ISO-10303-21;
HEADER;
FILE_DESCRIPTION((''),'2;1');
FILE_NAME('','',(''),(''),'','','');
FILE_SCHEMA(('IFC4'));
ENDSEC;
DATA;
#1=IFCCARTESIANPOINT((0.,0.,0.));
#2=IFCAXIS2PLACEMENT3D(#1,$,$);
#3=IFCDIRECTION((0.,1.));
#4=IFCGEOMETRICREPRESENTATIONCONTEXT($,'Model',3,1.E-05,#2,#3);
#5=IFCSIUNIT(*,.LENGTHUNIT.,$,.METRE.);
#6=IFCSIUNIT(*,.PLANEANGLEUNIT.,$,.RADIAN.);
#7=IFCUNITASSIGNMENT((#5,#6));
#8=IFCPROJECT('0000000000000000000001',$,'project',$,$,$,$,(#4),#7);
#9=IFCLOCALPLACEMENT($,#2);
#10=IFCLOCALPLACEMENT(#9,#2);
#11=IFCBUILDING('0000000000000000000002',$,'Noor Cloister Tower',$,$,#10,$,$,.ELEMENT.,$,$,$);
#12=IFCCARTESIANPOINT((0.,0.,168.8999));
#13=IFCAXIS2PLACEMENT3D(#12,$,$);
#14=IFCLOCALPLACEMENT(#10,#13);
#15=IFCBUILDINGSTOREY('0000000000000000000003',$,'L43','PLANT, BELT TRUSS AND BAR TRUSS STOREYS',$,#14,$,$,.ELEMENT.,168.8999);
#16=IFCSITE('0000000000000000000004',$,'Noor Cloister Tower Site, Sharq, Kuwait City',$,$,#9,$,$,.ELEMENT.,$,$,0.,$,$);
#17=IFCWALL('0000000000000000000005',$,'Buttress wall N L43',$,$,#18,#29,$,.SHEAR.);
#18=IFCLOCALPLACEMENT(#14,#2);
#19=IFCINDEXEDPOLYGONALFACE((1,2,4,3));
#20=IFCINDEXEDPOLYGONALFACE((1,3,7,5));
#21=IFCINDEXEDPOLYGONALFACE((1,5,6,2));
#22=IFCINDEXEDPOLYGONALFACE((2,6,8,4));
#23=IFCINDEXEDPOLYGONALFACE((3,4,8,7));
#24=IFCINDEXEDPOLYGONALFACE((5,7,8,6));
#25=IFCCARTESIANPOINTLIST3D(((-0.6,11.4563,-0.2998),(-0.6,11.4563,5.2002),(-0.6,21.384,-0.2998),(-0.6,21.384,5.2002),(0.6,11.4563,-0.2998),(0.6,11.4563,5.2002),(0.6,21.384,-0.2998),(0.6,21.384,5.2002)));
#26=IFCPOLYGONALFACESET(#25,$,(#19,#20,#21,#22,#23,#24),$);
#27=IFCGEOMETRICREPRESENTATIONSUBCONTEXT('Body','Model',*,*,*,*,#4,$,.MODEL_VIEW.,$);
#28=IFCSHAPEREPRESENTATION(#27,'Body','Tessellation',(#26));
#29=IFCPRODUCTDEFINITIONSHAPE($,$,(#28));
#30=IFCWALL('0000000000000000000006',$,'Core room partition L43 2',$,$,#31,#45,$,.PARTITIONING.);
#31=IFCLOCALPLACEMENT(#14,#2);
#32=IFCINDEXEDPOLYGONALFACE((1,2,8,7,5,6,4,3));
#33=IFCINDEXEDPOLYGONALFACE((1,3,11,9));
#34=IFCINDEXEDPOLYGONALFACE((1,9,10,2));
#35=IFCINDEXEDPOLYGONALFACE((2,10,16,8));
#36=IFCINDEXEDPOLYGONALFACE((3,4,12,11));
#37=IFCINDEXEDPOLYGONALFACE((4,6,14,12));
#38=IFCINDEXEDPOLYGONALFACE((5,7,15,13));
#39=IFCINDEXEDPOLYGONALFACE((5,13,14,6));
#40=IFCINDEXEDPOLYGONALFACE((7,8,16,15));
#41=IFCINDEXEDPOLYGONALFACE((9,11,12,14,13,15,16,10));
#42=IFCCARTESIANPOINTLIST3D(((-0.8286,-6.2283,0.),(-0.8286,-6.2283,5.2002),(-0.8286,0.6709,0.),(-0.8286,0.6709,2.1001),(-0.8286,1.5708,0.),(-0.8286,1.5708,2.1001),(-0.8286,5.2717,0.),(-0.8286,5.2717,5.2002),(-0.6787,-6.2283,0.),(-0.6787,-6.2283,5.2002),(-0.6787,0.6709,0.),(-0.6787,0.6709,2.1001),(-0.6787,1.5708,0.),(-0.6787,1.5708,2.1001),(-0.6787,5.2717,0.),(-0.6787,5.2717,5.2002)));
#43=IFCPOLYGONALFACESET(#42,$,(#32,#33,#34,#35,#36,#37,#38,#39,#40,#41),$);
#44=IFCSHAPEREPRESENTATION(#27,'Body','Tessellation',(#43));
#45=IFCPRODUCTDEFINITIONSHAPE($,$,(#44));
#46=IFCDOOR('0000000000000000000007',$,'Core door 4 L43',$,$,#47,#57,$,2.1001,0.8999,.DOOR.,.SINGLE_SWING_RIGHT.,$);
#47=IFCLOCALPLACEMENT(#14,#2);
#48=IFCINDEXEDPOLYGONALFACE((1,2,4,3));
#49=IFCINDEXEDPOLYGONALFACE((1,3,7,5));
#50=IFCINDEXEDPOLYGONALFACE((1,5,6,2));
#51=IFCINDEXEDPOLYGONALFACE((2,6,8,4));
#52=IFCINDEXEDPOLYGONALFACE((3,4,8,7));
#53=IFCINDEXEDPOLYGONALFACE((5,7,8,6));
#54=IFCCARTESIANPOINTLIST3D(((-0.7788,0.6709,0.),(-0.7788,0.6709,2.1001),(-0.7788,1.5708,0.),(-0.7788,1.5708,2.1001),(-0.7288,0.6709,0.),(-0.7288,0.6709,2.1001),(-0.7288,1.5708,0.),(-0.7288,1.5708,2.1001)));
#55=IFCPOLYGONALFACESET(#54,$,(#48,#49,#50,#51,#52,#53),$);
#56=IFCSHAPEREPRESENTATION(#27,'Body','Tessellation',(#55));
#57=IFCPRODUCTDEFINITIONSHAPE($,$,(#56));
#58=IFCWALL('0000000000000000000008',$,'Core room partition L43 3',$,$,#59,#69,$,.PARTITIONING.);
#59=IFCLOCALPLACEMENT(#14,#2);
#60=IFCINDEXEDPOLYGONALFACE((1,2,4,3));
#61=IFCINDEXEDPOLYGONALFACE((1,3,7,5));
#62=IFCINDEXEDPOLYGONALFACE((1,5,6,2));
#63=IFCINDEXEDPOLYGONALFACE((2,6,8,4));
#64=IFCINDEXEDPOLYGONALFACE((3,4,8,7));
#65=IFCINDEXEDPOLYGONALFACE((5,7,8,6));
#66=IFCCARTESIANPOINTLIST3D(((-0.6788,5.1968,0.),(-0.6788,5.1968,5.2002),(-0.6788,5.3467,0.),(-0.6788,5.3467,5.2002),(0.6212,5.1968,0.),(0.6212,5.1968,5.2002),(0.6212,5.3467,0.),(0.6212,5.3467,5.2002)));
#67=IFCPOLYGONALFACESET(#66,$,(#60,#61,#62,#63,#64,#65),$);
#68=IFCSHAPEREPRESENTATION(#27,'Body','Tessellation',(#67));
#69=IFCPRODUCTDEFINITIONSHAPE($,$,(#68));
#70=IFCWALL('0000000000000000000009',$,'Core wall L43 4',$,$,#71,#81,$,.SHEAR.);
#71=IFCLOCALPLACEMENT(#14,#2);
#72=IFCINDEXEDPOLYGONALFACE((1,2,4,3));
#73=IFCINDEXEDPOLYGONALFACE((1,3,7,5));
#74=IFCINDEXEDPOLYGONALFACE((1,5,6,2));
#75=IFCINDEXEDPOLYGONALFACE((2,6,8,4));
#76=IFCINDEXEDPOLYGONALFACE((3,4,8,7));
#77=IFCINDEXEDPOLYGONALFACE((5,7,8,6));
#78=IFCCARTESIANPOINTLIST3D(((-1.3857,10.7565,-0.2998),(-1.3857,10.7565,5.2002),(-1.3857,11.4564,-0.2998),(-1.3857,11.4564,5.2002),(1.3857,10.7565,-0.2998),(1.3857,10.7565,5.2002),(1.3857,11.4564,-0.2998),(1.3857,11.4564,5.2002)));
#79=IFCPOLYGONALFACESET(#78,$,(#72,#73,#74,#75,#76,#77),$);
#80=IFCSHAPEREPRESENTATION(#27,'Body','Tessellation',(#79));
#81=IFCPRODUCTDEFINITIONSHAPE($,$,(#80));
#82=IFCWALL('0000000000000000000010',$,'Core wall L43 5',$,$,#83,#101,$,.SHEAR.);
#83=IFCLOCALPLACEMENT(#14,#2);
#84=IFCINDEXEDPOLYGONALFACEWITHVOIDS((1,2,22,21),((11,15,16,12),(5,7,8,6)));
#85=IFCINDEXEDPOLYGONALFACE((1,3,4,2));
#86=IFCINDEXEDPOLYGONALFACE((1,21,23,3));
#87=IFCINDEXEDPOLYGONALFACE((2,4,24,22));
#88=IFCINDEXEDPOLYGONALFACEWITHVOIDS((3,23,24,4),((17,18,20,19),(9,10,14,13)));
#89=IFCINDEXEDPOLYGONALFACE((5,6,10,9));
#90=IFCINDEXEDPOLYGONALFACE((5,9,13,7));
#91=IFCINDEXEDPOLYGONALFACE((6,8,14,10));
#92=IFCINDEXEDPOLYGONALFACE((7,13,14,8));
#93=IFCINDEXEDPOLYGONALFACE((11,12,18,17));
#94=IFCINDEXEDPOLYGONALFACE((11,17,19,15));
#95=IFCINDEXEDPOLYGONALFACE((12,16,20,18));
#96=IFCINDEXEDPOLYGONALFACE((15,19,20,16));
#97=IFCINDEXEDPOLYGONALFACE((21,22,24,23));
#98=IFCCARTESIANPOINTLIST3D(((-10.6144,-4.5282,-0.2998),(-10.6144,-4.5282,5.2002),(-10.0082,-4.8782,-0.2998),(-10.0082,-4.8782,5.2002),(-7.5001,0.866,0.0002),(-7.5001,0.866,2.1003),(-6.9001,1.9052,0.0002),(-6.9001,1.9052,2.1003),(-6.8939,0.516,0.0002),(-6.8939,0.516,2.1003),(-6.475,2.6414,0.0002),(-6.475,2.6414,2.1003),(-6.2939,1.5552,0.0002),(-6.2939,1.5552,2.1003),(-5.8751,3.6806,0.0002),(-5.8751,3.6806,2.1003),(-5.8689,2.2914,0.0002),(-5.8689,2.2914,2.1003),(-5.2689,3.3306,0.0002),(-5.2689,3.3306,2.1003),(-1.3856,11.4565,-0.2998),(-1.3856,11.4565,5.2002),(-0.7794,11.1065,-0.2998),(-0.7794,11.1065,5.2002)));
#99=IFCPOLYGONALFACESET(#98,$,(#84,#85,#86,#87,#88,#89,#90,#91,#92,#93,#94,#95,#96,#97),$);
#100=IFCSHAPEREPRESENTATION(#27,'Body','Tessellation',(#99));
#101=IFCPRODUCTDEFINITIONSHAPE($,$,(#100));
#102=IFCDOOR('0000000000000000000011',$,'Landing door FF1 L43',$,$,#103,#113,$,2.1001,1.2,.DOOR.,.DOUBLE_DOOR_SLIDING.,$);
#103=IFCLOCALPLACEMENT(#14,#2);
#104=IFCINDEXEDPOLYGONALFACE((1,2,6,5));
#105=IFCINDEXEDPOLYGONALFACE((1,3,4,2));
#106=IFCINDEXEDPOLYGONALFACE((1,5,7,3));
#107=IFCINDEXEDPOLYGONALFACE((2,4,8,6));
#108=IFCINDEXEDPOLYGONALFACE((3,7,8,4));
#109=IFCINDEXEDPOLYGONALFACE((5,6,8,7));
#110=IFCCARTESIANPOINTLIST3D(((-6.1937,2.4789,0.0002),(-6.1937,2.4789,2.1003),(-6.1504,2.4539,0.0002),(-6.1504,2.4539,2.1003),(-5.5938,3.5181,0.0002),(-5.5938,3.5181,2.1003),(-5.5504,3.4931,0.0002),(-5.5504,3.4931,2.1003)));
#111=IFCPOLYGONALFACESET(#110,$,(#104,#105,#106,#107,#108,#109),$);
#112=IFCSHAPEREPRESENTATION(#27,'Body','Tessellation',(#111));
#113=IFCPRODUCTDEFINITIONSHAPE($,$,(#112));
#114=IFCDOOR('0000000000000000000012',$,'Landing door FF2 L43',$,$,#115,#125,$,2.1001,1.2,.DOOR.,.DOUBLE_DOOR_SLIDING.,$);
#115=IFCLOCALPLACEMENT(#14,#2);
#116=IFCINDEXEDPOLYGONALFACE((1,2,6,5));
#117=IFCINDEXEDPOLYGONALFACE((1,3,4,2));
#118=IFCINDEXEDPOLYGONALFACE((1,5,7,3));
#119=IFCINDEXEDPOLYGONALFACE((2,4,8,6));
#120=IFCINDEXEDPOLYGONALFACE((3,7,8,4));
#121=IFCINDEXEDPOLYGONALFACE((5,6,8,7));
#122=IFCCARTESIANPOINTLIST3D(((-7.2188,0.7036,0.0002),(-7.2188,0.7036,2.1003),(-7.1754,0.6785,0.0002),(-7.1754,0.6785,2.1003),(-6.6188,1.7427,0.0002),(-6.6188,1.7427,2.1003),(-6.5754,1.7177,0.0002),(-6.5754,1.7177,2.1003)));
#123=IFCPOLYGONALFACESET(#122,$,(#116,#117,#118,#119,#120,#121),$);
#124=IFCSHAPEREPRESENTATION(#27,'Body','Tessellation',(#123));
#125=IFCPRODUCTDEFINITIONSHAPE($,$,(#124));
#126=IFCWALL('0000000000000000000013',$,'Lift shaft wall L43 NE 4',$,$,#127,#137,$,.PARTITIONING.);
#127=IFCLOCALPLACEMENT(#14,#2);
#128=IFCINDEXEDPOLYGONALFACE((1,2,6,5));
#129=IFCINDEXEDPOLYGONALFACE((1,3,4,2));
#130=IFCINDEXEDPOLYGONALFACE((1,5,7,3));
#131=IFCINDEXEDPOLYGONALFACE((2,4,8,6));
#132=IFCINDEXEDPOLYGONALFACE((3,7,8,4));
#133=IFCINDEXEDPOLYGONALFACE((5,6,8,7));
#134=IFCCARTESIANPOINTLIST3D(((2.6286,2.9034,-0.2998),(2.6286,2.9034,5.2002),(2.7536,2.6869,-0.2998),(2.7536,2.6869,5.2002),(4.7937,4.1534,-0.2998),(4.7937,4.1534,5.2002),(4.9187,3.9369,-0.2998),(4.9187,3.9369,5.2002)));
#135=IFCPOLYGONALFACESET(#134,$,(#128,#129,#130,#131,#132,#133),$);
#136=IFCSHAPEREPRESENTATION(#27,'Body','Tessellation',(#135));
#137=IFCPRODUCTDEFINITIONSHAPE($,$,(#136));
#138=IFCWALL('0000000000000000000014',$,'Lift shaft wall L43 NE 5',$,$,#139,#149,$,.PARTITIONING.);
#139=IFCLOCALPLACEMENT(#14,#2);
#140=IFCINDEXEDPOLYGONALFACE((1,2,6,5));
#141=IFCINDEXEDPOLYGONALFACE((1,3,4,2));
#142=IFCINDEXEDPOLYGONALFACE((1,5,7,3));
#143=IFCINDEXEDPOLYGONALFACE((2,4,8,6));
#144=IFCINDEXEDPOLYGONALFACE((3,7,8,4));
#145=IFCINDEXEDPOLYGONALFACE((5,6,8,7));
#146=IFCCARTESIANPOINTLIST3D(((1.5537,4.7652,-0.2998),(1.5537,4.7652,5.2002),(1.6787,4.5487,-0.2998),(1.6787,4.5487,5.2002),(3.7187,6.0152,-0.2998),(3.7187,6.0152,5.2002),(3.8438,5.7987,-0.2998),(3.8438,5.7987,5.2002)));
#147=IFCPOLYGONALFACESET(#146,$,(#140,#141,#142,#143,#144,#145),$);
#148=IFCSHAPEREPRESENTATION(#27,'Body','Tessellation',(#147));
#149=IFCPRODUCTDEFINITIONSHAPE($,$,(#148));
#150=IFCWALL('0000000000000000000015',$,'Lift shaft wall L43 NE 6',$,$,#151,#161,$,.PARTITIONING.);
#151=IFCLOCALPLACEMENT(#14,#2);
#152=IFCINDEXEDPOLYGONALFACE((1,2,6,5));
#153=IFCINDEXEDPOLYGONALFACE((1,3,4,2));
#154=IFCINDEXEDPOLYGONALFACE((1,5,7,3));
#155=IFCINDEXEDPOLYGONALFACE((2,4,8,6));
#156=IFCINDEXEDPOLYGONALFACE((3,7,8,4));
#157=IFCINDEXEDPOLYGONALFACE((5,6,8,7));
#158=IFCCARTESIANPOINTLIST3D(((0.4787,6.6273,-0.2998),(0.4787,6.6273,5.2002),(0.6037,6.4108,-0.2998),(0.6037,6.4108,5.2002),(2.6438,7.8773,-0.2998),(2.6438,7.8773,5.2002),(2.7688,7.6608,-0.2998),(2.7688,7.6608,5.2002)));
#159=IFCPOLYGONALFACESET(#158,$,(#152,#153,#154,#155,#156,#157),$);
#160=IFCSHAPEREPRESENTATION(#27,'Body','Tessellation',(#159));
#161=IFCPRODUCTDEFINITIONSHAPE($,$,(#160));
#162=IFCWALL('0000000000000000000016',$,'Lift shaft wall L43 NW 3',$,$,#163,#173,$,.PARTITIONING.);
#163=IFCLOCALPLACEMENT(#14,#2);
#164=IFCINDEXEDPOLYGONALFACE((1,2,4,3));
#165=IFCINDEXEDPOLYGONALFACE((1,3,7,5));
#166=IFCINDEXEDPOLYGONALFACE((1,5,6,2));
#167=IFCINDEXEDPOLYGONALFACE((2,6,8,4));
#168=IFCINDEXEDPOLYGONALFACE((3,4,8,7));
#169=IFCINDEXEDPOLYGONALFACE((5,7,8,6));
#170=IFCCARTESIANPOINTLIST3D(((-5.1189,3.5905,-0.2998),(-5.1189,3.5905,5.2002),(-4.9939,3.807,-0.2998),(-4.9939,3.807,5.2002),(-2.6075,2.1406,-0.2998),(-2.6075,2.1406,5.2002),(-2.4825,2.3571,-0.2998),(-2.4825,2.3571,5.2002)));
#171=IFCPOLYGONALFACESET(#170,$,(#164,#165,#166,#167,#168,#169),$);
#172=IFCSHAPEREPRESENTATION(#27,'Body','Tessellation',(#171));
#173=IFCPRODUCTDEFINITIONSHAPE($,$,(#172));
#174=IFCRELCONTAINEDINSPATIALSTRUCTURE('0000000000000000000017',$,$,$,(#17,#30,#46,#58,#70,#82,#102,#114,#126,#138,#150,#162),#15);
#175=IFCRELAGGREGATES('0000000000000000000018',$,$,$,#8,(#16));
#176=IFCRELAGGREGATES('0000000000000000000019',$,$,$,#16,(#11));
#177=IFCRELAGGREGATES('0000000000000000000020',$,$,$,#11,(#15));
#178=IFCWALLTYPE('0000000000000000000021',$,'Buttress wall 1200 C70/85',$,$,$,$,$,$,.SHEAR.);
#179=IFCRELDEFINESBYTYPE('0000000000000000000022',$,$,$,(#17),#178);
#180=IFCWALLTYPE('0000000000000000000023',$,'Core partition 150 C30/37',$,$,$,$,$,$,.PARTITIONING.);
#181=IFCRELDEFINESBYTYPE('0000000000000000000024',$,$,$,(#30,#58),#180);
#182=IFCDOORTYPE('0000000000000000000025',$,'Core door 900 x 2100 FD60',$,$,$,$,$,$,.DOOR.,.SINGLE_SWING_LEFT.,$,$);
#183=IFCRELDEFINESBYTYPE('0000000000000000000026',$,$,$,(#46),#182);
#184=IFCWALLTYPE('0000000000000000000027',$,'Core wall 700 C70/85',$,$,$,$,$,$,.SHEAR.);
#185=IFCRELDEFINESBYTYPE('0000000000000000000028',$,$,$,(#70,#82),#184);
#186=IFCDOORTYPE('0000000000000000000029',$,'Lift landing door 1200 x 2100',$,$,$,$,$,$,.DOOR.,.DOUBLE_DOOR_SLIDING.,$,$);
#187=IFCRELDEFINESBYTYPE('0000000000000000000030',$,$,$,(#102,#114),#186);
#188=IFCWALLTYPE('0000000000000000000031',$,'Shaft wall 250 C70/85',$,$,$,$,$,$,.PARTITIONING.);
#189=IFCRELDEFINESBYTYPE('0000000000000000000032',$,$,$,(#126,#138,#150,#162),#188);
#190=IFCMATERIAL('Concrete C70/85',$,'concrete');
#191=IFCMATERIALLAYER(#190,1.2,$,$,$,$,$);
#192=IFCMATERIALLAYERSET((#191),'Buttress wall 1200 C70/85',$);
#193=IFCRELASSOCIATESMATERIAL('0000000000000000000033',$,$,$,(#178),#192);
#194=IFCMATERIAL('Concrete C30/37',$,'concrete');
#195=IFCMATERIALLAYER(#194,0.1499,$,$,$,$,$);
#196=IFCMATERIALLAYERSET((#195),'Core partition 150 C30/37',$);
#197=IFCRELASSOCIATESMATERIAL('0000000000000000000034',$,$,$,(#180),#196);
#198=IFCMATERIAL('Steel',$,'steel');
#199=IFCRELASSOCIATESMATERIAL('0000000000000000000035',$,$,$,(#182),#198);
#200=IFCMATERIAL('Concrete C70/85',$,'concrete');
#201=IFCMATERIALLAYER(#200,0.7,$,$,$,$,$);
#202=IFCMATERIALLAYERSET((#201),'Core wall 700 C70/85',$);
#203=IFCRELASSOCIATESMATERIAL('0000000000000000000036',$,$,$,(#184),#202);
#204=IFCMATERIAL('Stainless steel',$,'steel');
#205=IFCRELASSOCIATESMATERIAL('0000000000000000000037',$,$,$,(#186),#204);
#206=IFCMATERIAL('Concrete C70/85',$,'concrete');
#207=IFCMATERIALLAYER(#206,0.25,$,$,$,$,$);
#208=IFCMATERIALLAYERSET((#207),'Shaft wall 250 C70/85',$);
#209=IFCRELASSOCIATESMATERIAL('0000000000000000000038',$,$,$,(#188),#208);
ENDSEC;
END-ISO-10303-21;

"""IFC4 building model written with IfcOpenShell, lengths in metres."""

from ifc_helpers import new_model, si_unit, direction, frame, frame_2d, origin, place, context, subcontext, project, spatial, rectangle, extrude, material, layer, layer_set, type_object, element, fill, save


model = new_model("IFC4")

# Units and contexts
model_context = context("Model", 3, precision=1e-05, world=origin(), true_north=direction((0.0, 1.0)))
body_context = subcontext(model_context, "Body", "Model", "MODEL_VIEW")
ifc_project = project(units=[si_unit("LENGTHUNIT", "METRE"), si_unit("PLANEANGLEUNIT", "RADIAN")], contexts=[model_context])

# Site, building, storey
site_placement = place(None, origin())
site = spatial("IfcSite", under=ifc_project, at=site_placement, Name="Noor Cloister Tower Site, Sharq, Kuwait City", CompositionType="ELEMENT", RefElevation=0.0)
building_placement = place(site_placement, origin())
building = spatial("IfcBuilding", under=site, at=building_placement, Name="Noor Cloister Tower", CompositionType="ELEMENT")
storey_placement = place(building_placement, frame((0.0, 0.0, 168.8999)))
storey = spatial("IfcBuildingStorey", under=building, at=storey_placement, Name="L43", Description="PLANT, BELT TRUSS AND BAR TRUSS STOREYS", CompositionType="ELEMENT", Elevation=168.8999)

# Wall
ifc_material_1 = material(Name="Concrete C70/85", Category="concrete")
ifc_layer_1 = layer(ifc_material_1, 1.2)
ifc_layer_set_1 = layer_set([ifc_layer_1], Name="Buttress wall 1200 C70/85")
wall_type_1 = type_object("IfcWallType", Name="Buttress wall 1200 C70/85", PredefinedType="SHEAR", material=ifc_layer_set_1)
wall_1_placement = place(storey_placement, frame((0.0, 11.4563, -0.2998), z_axis=(0.0, 0.0, 1.0), x_axis=(0.0, 1.0, 0.0)))
element("IfcWall", 1, at=wall_1_placement, inside=storey, type_object=wall_type_1, Name="Buttress wall N L43", PredefinedType="SHEAR", context=body_context, shape_type="SweptSolid", body=[
    extrude(rectangle(XDim=9.9277, YDim=1.2, at=frame_2d((4.9639, 0.0))), origin(), (0.0, 0.0, 1.0), 5.5),
])

# Wall, opening, door
ifc_material_2 = material(Name="Concrete C30/37", Category="concrete")
ifc_layer_2 = layer(ifc_material_2, 0.1499)
ifc_layer_set_2 = layer_set([ifc_layer_2], Name="Core partition 150 C30/37")
wall_type_2 = type_object("IfcWallType", Name="Core partition 150 C30/37", PredefinedType="PARTITIONING", material=ifc_layer_set_2)
wall_2_placement = place(storey_placement, frame((-0.7537, 5.2717, 0.0), z_axis=(0.0, 0.0, 1.0), x_axis=(0.0, -1.0, 0.0)))
wall_2 = element("IfcWall", 2, at=wall_2_placement, inside=storey, type_object=wall_type_2, Name="Core room partition L43 2", PredefinedType="PARTITIONING", context=body_context, shape_type="SweptSolid", body=[
    extrude(rectangle(XDim=11.5, YDim=0.1499, at=frame_2d((5.75, 0.0))), origin(), (0.0, 0.0, 1.0), 5.2002),
])
opening_1_placement = place(wall_2_placement, frame((3.7009, 0.0, 0.0)))
opening_1 = element("IfcOpeningElement", 3, at=opening_1_placement, cuts=wall_2, PredefinedType="OPENING", context=body_context, shape_type="SweptSolid", body=[
    extrude(rectangle(XDim=0.8999, YDim=2.1001, at=frame_2d((0.45, 1.05))), frame((0.0, 0.085, 0.0), z_axis=(0.0, -1.0, 0.0), x_axis=(1.0, 0.0, 0.0)), (0.0, 0.0, 1.0), 0.1699),
])
ifc_material_3 = material(Name="Steel", Category="steel")
door_type_1 = type_object("IfcDoorType", Name="Core door 900 x 2100 FD60", OperationType="SINGLE_SWING_LEFT", PredefinedType="DOOR", material=ifc_material_3)
door_1_placement = place(opening_1_placement, origin())
door_1 = element("IfcDoor", 4, at=door_1_placement, inside=storey, type_object=door_type_1, Name="Core door 4 L43", OperationType="SINGLE_SWING_RIGHT", OverallHeight=2.1001, OverallWidth=0.8999, PredefinedType="DOOR", context=body_context, shape_type="SweptSolid", body=[
    extrude(rectangle(XDim=0.8999, YDim=2.1001, at=frame_2d((0.45, 1.05))), frame((0.0, 0.0249, 0.0), z_axis=(0.0, -1.0, 0.0), x_axis=(1.0, 0.0, 0.0)), (0.0, 0.0, 1.0), 0.05),
])
fill(opening_1, door_1)

# Walls
wall_3_placement = place(storey_placement, frame((-0.6787, 5.2717, 0.0), z_axis=(0.0, 0.0, 1.0), x_axis=(1.0, 0.0, 0.0)))
element("IfcWall", 5, at=wall_3_placement, inside=storey, type_object=wall_type_2, Name="Core room partition L43 3", PredefinedType="PARTITIONING", context=body_context, shape_type="SweptSolid", body=[
    extrude(rectangle(XDim=1.3, YDim=0.1499, at=frame_2d((0.6499, 0.0))), origin(), (0.0, 0.0, 1.0), 5.2002),
])
ifc_material_4 = material(Name="Concrete C70/85", Category="concrete")
ifc_layer_3 = layer(ifc_material_4, 0.7)
ifc_layer_set_3 = layer_set([ifc_layer_3], Name="Core wall 700 C70/85")
wall_type_3 = type_object("IfcWallType", Name="Core wall 700 C70/85", PredefinedType="SHEAR", material=ifc_layer_set_3)
wall_4_placement = place(storey_placement, frame((1.3857, 11.1064, -0.2998), z_axis=(0.0, 0.0, 1.0), x_axis=(-1.0, 0.0, 0.0)))
element("IfcWall", 6, at=wall_4_placement, inside=storey, type_object=wall_type_3, Name="Core wall L43 4", PredefinedType="SHEAR", context=body_context, shape_type="SweptSolid", body=[
    extrude(rectangle(XDim=2.7715, YDim=0.7, at=frame_2d((1.3857, 0.0))), origin(), (0.0, 0.0, 1.0), 5.5),
])

# Wall, openings, doors
wall_5_placement = place(storey_placement, frame((-1.0825, 11.2815, -0.2998), z_axis=(0.0, 0.0, 1.0), x_axis=(-0.500001, -0.866025, 0.0)))
wall_5 = element("IfcWall", 7, at=wall_5_placement, inside=storey, type_object=wall_type_3, Name="Core wall L43 5", PredefinedType="SHEAR", context=body_context, shape_type="SweptSolid", body=[
    extrude(rectangle(XDim=18.4575, YDim=0.7, at=frame_2d((9.2288, 0.0))), origin(), (0.0, 0.0, 1.0), 5.5),
])
opening_2_placement = place(wall_5_placement, frame((8.9788, 0.0, 0.3)))
opening_2 = element("IfcOpeningElement", 8, at=opening_2_placement, cuts=wall_5, PredefinedType="OPENING", context=body_context, shape_type="SweptSolid", body=[
    extrude(rectangle(XDim=1.2, YDim=2.1001, at=frame_2d((0.6001, 1.05))), frame((0.0, 0.3599, 0.0), z_axis=(0.0, -1.0, 0.0), x_axis=(1.0, 0.0, 0.0)), (0.0, 0.0, 1.0), 0.72),
])
opening_3_placement = place(wall_5_placement, frame((11.0288, 0.0, 0.3)))
opening_3 = element("IfcOpeningElement", 9, at=opening_3_placement, cuts=wall_5, PredefinedType="OPENING", context=body_context, shape_type="SweptSolid", body=[
    extrude(rectangle(XDim=1.2, YDim=2.1001, at=frame_2d((0.6001, 1.05))), frame((0.0, 0.3599, 0.0), z_axis=(0.0, -1.0, 0.0), x_axis=(1.0, 0.0, 0.0)), (0.0, 0.0, 1.0), 0.72),
])
ifc_material_5 = material(Name="Stainless steel", Category="steel")
door_type_2 = type_object("IfcDoorType", Name="Lift landing door 1200 x 2100", OperationType="DOUBLE_DOOR_SLIDING", PredefinedType="DOOR", material=ifc_material_5)
door_2_placement = place(opening_2_placement, origin())
door_2 = element("IfcDoor", 10, at=door_2_placement, inside=storey, type_object=door_type_2, Name="Landing door FF1 L43", OperationType="DOUBLE_DOOR_SLIDING", OverallHeight=2.1001, OverallWidth=1.2, PredefinedType="DOOR", context=body_context, shape_type="SweptSolid", body=[
    extrude(rectangle(XDim=1.2, YDim=2.1001, at=frame_2d((0.6001, 1.05))), frame((0.0, 0.0249, 0.0), z_axis=(0.0, -1.0, 0.0), x_axis=(1.0, 0.0, 0.0)), (0.0, 0.0, 1.0), 0.05),
])
fill(opening_2, door_2)
door_3_placement = place(opening_3_placement, origin())
door_3 = element("IfcDoor", 11, at=door_3_placement, inside=storey, type_object=door_type_2, Name="Landing door FF2 L43", OperationType="DOUBLE_DOOR_SLIDING", OverallHeight=2.1001, OverallWidth=1.2, PredefinedType="DOOR", context=body_context, shape_type="SweptSolid", body=[
    extrude(rectangle(XDim=1.2, YDim=2.1001, at=frame_2d((0.6001, 1.05))), frame((0.0, 0.0249, 0.0), z_axis=(0.0, -1.0, 0.0), x_axis=(1.0, 0.0, 0.0)), (0.0, 0.0, 1.0), 0.05),
])
fill(opening_3, door_3)

# Walls
ifc_material_6 = material(Name="Concrete C70/85", Category="concrete")
ifc_layer_4 = layer(ifc_material_6, 0.25)
ifc_layer_set_4 = layer_set([ifc_layer_4], Name="Shaft wall 250 C70/85")
wall_type_4 = type_object("IfcWallType", Name="Shaft wall 250 C70/85", PredefinedType="PARTITIONING", material=ifc_layer_set_4)
for number, where, z_axis, x_axis, name in (
    (12, (4.8562, 4.0452, -0.2998), (0.0, 0.0, 1.0), (-0.866023, -0.500004, 0.0), "Lift shaft wall L43 NE 4"),
    (13, (3.7812, 5.907, -0.2998), (0.0, 0.0, 1.0), (-0.866023, -0.500004, 0.0), "Lift shaft wall L43 NE 5"),
    (14, (2.7063, 7.769, -0.2998), (0.0, 0.0, 1.0), (-0.866023, -0.500004, 0.0), "Lift shaft wall L43 NE 6"),
):
    element("IfcWall", number, at=place(storey_placement, frame(where, z_axis=z_axis, x_axis=x_axis)), inside=storey, type_object=wall_type_4, Name=name, PredefinedType="PARTITIONING", context=body_context, shape_type="SweptSolid", body=[
        extrude(rectangle(XDim=2.5, YDim=0.25, at=frame_2d((1.25, 0.0))), origin(), (0.0, 0.0, 1.0), 5.5),
    ])
wall_6_placement = place(storey_placement, frame((-5.0564, 3.6987, -0.2998), z_axis=(0.0, 0.0, 1.0), x_axis=(0.866033, -0.499987, 0.0)))
element("IfcWall", 15, at=wall_6_placement, inside=storey, type_object=wall_type_4, Name="Lift shaft wall L43 NW 3", PredefinedType="PARTITIONING", context=body_context, shape_type="SweptSolid", body=[
    extrude(rectangle(XDim=2.8999, YDim=0.25, at=frame_2d((1.45, 0.0))), origin(), (0.0, 0.0, 1.0), 5.5),
])

save(model, "model.ifc")
